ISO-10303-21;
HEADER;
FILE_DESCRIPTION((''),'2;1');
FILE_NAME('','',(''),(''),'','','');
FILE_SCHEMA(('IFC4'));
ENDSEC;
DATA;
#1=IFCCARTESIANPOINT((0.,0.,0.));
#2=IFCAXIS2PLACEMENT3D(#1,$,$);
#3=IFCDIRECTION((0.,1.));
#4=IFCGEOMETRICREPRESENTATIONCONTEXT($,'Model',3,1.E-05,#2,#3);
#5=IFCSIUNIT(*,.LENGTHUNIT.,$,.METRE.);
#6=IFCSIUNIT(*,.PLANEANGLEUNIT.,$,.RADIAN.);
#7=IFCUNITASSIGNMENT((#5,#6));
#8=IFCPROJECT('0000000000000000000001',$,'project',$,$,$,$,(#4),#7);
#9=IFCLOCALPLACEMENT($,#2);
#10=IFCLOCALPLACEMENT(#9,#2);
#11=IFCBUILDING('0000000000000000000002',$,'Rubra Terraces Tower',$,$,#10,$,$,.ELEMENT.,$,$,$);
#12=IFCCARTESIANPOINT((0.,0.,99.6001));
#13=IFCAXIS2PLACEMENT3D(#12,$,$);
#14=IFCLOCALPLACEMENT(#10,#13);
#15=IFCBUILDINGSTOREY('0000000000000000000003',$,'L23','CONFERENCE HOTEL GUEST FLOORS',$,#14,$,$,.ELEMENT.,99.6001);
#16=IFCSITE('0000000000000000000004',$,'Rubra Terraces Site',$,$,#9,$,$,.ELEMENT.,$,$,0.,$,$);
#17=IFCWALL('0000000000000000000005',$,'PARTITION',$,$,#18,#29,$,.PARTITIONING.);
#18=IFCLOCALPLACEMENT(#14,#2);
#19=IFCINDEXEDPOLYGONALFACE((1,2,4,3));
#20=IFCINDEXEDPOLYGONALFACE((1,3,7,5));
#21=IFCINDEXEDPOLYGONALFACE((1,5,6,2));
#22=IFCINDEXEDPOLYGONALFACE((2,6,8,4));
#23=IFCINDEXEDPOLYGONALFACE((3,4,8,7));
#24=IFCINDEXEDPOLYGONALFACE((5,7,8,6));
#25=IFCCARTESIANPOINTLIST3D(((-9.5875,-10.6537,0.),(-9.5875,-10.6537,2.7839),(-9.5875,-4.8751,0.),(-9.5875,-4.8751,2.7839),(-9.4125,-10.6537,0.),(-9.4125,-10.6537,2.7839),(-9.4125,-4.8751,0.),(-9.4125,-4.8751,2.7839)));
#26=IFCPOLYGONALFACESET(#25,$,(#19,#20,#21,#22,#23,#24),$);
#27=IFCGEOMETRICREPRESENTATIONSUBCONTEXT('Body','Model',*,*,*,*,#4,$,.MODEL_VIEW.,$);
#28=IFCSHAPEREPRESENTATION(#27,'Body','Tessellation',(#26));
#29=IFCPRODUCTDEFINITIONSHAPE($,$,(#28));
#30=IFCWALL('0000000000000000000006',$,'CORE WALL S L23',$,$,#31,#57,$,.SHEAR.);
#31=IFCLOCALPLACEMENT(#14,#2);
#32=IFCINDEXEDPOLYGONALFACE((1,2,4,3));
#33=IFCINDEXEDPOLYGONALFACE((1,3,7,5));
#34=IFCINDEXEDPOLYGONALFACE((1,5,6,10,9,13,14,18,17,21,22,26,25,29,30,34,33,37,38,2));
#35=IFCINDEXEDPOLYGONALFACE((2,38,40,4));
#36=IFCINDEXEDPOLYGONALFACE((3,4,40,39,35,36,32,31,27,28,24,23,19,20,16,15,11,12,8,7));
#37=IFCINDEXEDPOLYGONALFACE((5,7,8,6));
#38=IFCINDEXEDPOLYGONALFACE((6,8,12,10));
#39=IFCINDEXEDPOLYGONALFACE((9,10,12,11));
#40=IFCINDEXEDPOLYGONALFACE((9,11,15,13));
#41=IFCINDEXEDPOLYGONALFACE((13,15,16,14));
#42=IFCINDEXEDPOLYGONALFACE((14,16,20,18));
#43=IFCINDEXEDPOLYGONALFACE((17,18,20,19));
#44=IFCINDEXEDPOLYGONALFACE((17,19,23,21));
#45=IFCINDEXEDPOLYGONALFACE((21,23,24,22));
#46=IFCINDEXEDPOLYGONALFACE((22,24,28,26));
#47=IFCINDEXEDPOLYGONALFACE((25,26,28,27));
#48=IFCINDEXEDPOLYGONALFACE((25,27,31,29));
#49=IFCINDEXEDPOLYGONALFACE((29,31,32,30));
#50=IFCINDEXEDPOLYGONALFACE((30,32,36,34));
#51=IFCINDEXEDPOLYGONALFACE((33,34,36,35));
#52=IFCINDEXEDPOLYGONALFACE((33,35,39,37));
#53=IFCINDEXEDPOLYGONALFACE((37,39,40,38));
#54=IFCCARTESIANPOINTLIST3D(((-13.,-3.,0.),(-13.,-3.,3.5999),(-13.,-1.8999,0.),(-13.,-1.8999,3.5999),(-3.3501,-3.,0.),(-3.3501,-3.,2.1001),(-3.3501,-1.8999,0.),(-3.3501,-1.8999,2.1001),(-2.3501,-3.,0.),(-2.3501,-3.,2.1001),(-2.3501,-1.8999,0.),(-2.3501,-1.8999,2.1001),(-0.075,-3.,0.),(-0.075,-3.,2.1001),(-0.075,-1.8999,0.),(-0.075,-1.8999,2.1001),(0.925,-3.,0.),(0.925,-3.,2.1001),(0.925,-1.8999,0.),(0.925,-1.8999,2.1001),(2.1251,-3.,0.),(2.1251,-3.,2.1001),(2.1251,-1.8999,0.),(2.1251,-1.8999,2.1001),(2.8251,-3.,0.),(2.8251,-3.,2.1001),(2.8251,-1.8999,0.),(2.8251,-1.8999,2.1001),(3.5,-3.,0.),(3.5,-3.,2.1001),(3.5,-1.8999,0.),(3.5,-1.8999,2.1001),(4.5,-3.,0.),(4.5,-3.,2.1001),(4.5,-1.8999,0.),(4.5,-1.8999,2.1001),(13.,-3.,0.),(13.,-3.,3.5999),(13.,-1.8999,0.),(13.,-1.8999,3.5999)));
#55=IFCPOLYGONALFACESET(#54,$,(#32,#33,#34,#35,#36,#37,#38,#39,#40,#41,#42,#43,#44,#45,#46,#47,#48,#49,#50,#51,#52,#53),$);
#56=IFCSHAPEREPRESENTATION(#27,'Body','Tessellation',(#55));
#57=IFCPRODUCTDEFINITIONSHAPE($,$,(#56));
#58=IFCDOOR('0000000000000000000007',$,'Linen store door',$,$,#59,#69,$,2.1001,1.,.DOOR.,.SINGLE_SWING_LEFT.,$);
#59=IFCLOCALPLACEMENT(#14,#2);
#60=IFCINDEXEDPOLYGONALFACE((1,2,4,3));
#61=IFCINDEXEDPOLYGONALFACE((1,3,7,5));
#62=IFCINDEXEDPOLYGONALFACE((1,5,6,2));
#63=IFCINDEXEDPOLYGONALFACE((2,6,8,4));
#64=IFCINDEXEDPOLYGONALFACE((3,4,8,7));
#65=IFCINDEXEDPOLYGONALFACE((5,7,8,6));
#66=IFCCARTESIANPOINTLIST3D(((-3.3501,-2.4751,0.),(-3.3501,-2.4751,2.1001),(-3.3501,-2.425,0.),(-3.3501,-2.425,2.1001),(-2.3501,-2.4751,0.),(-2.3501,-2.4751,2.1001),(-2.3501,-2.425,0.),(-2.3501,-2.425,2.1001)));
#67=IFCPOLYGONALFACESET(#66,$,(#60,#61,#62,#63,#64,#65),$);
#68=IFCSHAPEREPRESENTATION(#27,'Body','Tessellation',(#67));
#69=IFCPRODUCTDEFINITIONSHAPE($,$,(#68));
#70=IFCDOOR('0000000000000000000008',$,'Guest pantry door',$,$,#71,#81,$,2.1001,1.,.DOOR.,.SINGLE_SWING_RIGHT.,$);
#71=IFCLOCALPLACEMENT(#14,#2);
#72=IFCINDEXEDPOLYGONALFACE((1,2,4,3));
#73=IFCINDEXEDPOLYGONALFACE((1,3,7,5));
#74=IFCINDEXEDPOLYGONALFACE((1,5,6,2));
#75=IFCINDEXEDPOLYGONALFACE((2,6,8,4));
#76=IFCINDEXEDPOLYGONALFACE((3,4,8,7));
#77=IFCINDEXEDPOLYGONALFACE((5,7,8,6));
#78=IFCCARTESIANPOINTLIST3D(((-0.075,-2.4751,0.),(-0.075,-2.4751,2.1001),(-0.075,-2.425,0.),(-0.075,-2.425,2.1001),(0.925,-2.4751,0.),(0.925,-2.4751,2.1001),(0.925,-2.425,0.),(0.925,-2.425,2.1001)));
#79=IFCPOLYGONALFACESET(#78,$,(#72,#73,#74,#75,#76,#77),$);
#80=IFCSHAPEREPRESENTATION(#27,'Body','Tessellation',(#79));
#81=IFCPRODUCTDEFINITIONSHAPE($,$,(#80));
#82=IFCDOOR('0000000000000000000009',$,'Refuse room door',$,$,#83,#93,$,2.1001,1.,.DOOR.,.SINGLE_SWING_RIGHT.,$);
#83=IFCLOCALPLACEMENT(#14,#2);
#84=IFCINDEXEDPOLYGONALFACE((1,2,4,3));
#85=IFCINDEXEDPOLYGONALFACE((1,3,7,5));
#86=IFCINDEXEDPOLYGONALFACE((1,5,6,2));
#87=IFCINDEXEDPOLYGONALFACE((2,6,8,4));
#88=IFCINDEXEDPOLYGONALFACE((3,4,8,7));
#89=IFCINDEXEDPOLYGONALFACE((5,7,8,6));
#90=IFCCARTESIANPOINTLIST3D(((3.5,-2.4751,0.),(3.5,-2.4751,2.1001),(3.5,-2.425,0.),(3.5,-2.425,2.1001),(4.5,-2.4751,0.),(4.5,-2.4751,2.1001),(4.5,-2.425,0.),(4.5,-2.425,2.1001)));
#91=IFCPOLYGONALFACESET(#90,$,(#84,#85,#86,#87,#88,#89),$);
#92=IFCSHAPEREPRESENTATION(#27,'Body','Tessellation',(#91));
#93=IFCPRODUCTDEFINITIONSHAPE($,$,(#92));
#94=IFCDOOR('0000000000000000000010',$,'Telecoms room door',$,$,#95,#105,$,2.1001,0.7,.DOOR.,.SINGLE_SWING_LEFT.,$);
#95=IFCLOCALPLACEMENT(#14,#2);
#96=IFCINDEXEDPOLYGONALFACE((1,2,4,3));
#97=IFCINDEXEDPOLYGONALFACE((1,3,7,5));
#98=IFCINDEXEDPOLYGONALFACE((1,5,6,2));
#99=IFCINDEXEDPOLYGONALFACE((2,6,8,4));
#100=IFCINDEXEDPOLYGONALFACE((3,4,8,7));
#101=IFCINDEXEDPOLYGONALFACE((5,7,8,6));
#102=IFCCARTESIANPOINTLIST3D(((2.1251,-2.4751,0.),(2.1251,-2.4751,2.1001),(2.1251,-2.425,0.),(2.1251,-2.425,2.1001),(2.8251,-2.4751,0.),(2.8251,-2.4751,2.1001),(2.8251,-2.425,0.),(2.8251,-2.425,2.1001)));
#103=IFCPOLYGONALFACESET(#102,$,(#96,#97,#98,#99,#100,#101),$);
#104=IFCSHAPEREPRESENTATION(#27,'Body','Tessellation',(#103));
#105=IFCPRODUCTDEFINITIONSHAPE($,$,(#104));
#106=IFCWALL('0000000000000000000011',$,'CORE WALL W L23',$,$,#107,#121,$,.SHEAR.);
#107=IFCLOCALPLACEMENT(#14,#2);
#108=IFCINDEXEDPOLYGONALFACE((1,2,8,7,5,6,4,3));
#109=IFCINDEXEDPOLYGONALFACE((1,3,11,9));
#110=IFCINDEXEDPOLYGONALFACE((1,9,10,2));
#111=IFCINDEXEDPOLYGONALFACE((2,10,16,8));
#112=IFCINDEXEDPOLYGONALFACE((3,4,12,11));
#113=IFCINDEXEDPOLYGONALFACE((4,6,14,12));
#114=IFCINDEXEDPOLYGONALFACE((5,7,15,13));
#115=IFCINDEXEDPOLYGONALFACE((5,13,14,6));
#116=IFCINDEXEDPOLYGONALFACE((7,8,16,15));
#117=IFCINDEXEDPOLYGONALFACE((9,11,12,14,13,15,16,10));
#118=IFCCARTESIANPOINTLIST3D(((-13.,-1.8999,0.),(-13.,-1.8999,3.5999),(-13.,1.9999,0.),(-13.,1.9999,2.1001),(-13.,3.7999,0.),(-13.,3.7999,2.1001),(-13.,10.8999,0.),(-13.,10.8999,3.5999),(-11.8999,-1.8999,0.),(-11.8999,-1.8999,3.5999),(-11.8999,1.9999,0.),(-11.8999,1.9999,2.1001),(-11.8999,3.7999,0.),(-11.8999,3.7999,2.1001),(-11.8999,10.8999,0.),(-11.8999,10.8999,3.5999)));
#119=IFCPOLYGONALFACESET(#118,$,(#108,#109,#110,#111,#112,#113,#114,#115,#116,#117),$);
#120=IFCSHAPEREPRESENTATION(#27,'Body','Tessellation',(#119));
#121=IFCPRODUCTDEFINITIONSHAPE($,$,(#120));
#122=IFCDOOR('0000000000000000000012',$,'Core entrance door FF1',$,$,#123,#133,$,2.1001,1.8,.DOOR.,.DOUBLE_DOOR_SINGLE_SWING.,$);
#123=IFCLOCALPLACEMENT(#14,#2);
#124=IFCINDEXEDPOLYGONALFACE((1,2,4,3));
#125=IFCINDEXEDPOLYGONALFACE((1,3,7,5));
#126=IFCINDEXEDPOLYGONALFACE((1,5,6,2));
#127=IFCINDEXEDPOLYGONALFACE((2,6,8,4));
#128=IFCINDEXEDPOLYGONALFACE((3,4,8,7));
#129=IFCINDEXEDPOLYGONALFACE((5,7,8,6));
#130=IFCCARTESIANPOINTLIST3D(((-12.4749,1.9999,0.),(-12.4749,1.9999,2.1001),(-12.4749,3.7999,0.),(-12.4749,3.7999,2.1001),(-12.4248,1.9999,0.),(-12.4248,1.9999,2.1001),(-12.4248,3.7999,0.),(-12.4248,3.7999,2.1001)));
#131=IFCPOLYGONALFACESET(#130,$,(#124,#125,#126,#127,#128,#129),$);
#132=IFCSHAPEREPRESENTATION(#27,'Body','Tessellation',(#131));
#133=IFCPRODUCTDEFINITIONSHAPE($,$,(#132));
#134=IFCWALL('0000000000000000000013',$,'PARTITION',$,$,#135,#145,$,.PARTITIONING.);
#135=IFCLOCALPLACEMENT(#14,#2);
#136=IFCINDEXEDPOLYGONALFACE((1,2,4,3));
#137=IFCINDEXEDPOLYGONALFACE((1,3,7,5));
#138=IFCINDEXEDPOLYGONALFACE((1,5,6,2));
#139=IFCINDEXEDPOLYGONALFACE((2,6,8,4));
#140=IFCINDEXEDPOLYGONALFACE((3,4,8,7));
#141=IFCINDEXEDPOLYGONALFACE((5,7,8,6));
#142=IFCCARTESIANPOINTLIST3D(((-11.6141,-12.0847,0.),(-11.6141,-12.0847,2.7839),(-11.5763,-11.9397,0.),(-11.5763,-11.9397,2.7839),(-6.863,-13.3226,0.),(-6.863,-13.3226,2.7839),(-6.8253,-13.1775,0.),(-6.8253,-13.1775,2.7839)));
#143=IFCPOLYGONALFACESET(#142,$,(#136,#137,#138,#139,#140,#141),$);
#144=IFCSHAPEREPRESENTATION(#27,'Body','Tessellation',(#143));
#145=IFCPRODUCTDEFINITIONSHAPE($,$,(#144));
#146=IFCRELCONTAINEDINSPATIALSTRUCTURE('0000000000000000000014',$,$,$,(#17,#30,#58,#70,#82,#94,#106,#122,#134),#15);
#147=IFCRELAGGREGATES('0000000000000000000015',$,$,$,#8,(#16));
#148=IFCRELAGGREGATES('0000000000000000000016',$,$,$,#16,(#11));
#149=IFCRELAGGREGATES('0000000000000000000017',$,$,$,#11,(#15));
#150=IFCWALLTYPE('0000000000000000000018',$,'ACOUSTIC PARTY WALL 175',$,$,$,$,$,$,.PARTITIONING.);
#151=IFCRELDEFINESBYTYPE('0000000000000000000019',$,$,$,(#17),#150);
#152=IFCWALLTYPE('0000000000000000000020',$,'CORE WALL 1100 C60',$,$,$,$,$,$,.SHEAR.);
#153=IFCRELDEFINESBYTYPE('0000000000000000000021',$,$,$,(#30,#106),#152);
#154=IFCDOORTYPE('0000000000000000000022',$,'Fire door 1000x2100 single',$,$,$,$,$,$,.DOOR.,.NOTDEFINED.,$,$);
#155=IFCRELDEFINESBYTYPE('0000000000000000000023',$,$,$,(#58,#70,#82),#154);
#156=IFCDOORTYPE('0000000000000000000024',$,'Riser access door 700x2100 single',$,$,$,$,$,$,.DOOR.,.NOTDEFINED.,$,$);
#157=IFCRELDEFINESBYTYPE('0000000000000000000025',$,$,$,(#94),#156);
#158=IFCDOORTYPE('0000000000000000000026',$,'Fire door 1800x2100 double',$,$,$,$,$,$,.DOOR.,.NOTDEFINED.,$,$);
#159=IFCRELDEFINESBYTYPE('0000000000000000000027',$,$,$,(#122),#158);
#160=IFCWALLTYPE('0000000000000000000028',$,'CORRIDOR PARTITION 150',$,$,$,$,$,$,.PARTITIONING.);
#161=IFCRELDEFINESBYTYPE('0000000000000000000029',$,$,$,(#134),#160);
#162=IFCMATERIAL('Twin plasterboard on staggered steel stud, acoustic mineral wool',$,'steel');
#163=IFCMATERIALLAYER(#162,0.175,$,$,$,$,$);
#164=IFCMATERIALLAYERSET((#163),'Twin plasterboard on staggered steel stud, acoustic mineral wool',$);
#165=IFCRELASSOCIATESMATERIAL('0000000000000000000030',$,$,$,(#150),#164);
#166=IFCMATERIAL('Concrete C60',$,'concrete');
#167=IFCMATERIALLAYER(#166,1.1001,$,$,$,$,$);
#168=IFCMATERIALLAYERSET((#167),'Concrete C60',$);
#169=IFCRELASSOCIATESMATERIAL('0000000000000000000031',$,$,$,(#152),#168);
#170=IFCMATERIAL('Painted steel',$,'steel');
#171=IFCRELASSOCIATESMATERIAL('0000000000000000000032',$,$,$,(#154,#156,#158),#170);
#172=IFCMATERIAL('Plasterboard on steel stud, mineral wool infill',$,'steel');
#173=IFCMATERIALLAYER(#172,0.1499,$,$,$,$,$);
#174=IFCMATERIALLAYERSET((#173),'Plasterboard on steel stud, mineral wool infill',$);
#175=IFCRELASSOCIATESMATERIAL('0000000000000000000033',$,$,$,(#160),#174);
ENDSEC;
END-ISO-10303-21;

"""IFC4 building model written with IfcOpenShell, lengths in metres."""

from ifc_helpers import new_model, si_unit, direction, frame, frame_2d, origin, place, context, subcontext, project, spatial, rectangle, extrude, material, layer, layer_set, type_object, element, fill, save


model = new_model("IFC4")

# Units and contexts
model_context = context("Model", 3, precision=1e-05, world=origin(), true_north=direction((0.0, 1.0)))
body_context = subcontext(model_context, "Body", "Model", "MODEL_VIEW")
ifc_project = project(units=[si_unit("LENGTHUNIT", "METRE"), si_unit("PLANEANGLEUNIT", "RADIAN")], contexts=[model_context])

# Site, building, storey
site_placement = place(None, origin())
site = spatial("IfcSite", under=ifc_project, at=site_placement, Name="Rubra Terraces Site", CompositionType="ELEMENT", RefElevation=0.0)
building_placement = place(site_placement, origin())
building = spatial("IfcBuilding", under=site, at=building_placement, Name="Rubra Terraces Tower", CompositionType="ELEMENT")
storey_placement = place(building_placement, frame((0.0, 0.0, 99.6001)))
storey = spatial("IfcBuildingStorey", under=building, at=storey_placement, Name="L23", Description="CONFERENCE HOTEL GUEST FLOORS", CompositionType="ELEMENT", Elevation=99.6001)

# Wall
ifc_material_1 = material(Name="Twin plasterboard on staggered steel stud, acoustic mineral wool", Category="steel")
ifc_layer_1 = layer(ifc_material_1, 0.175)
ifc_layer_set_1 = layer_set([ifc_layer_1], Name="Twin plasterboard on staggered steel stud, acoustic mineral wool")
wall_type_1 = type_object("IfcWallType", Name="ACOUSTIC PARTY WALL 175", PredefinedType="PARTITIONING", material=ifc_layer_set_1)
wall_1_placement = place(storey_placement, frame((-9.5, -10.6536, 0.0), z_axis=(0.0, 0.0, 1.0), x_axis=(0.0, 1.0, 0.0)))
element("IfcWall", 1, at=wall_1_placement, inside=storey, type_object=wall_type_1, Name="PARTITION", PredefinedType="PARTITIONING", context=body_context, shape_type="SweptSolid", body=[
    extrude(rectangle(XDim=5.7786, YDim=0.175, at=frame_2d((2.8892, 0.0))), origin(), (0.0, 0.0, 1.0), 2.7839),
])

# Wall, openings, doors
ifc_material_2 = material(Name="Concrete C60", Category="concrete")
ifc_layer_2 = layer(ifc_material_2, 1.1001)
ifc_layer_set_2 = layer_set([ifc_layer_2], Name="Concrete C60")
wall_type_2 = type_object("IfcWallType", Name="CORE WALL 1100 C60", PredefinedType="SHEAR", material=ifc_layer_set_2)
wall_2_placement = place(storey_placement, frame((-13.0, -2.45, 0.0), z_axis=(0.0, 0.0, 1.0), x_axis=(1.0, 0.0, 0.0)))
wall_2 = element("IfcWall", 2, at=wall_2_placement, inside=storey, type_object=wall_type_2, Name="CORE WALL S L23", PredefinedType="SHEAR", context=body_context, shape_type="SweptSolid", body=[
    extrude(rectangle(XDim=26.0, YDim=1.1001, at=frame_2d((13.0, 0.0))), origin(), (0.0, 0.0, 1.0), 3.5999),
])
opening_1_placement = place(wall_2_placement, frame((9.6499, 0.0, 0.0)))
opening_1 = element("IfcOpeningElement", 3, at=opening_1_placement, cuts=wall_2, PredefinedType="OPENING", context=body_context, shape_type="SweptSolid", body=[
    extrude(rectangle(XDim=1.0, YDim=2.1001, at=frame_2d((0.5, 1.05))), frame((0.0, 0.5601, 0.0), z_axis=(0.0, -1.0, 0.0), x_axis=(1.0, 0.0, 0.0)), (0.0, 0.0, 1.0), 1.1201),
])
opening_2_placement = place(wall_2_placement, frame((12.925, 0.0, 0.0)))
opening_2 = element("IfcOpeningElement", 4, at=opening_2_placement, cuts=wall_2, PredefinedType="OPENING", context=body_context, shape_type="SweptSolid", body=[
    extrude(rectangle(XDim=1.0, YDim=2.1001, at=frame_2d((0.5, 1.05))), frame((0.0, 0.5601, 0.0), z_axis=(0.0, -1.0, 0.0), x_axis=(1.0, 0.0, 0.0)), (0.0, 0.0, 1.0), 1.1201),
])
opening_3_placement = place(wall_2_placement, frame((15.125, 0.0, 0.0)))
opening_3 = element("IfcOpeningElement", 5, at=opening_3_placement, cuts=wall_2, PredefinedType="OPENING", context=body_context, shape_type="SweptSolid", body=[
    extrude(rectangle(XDim=0.7, YDim=2.1001, at=frame_2d((0.3501, 1.05))), frame((0.0, 0.5601, 0.0), z_axis=(0.0, -1.0, 0.0), x_axis=(1.0, 0.0, 0.0)), (0.0, 0.0, 1.0), 1.1201),
])
opening_4_placement = place(wall_2_placement, frame((16.5, 0.0, 0.0)))
opening_4 = element("IfcOpeningElement", 6, at=opening_4_placement, cuts=wall_2, PredefinedType="OPENING", context=body_context, shape_type="SweptSolid", body=[
    extrude(rectangle(XDim=1.0, YDim=2.1001, at=frame_2d((0.5, 1.05))), frame((0.0, 0.5601, 0.0), z_axis=(0.0, -1.0, 0.0), x_axis=(1.0, 0.0, 0.0)), (0.0, 0.0, 1.0), 1.1201),
])
ifc_material_3 = material(Name="Painted steel", Category="steel")
door_type_1 = type_object("IfcDoorType", Name="Fire door 1000x2100 single", OperationType="NOTDEFINED", PredefinedType="DOOR", material=ifc_material_3)
door_1_placement = place(opening_1_placement, origin())
door_1 = element("IfcDoor", 7, at=door_1_placement, inside=storey, type_object=door_type_1, Name="Linen store door", OperationType="SINGLE_SWING_LEFT", OverallHeight=2.1001, OverallWidth=1.0, PredefinedType="DOOR", context=body_context, shape_type="SweptSolid", body=[
    extrude(rectangle(XDim=1.0, YDim=2.1001, at=frame_2d((0.5, 1.05))), frame((0.0, 0.0249, 0.0), z_axis=(0.0, -1.0, 0.0), x_axis=(1.0, 0.0, 0.0)), (0.0, 0.0, 1.0), 0.05),
])
fill(opening_1, door_1)
door_2_placement = place(opening_2_placement, origin())
door_2 = element("IfcDoor", 8, at=door_2_placement, inside=storey, type_object=door_type_1, Name="Guest pantry door", OperationType="SINGLE_SWING_RIGHT", OverallHeight=2.1001, OverallWidth=1.0, PredefinedType="DOOR", context=body_context, shape_type="SweptSolid", body=[
    extrude(rectangle(XDim=1.0, YDim=2.1001, at=frame_2d((0.5, 1.05))), frame((0.0, 0.0249, 0.0), z_axis=(0.0, -1.0, 0.0), x_axis=(1.0, 0.0, 0.0)), (0.0, 0.0, 1.0), 0.05),
])
fill(opening_2, door_2)
door_3_placement = place(opening_4_placement, origin())
door_3 = element("IfcDoor", 9, at=door_3_placement, inside=storey, type_object=door_type_1, Name="Refuse room door", OperationType="SINGLE_SWING_RIGHT", OverallHeight=2.1001, OverallWidth=1.0, PredefinedType="DOOR", context=body_context, shape_type="SweptSolid", body=[
    extrude(rectangle(XDim=1.0, YDim=2.1001, at=frame_2d((0.5, 1.05))), frame((0.0, 0.0249, 0.0), z_axis=(0.0, -1.0, 0.0), x_axis=(1.0, 0.0, 0.0)), (0.0, 0.0, 1.0), 0.05),
])
fill(opening_4, door_3)
door_type_2 = type_object("IfcDoorType", Name="Riser access door 700x2100 single", OperationType="NOTDEFINED", PredefinedType="DOOR", material=ifc_material_3)
door_4_placement = place(opening_3_placement, origin())
door_4 = element("IfcDoor", 10, at=door_4_placement, inside=storey, type_object=door_type_2, Name="Telecoms room door", OperationType="SINGLE_SWING_LEFT", OverallHeight=2.1001, OverallWidth=0.7, PredefinedType="DOOR", context=body_context, shape_type="SweptSolid", body=[
    extrude(rectangle(XDim=0.7, YDim=2.1001, at=frame_2d((0.3501, 1.05))), frame((0.0, 0.0249, 0.0), z_axis=(0.0, -1.0, 0.0), x_axis=(1.0, 0.0, 0.0)), (0.0, 0.0, 1.0), 0.05),
])
fill(opening_3, door_4)

# Wall, opening, door
wall_3_placement = place(storey_placement, frame((-12.45, -1.8999, 0.0), z_axis=(0.0, 0.0, 1.0), x_axis=(0.0, 1.0, 0.0)))
wall_3 = element("IfcWall", 11, at=wall_3_placement, inside=storey, type_object=wall_type_2, Name="CORE WALL W L23", PredefinedType="SHEAR", context=body_context, shape_type="SweptSolid", body=[
    extrude(rectangle(XDim=12.7998, YDim=1.1001, at=frame_2d((6.3999, 0.0))), origin(), (0.0, 0.0, 1.0), 3.5999),
])
opening_5_placement = place(wall_3_placement, frame((3.8999, 0.0, 0.0)))
opening_5 = element("IfcOpeningElement", 12, at=opening_5_placement, cuts=wall_3, PredefinedType="OPENING", context=body_context, shape_type="SweptSolid", body=[
    extrude(rectangle(XDim=1.8, YDim=2.1001, at=frame_2d((0.8999, 1.05))), frame((0.0, 0.5601, 0.0), z_axis=(0.0, -1.0, 0.0), x_axis=(1.0, 0.0, 0.0)), (0.0, 0.0, 1.0), 1.1201),
])
door_type_3 = type_object("IfcDoorType", Name="Fire door 1800x2100 double", OperationType="NOTDEFINED", PredefinedType="DOOR", material=ifc_material_3)
door_5_placement = place(opening_5_placement, origin())
door_5 = element("IfcDoor", 13, at=door_5_placement, inside=storey, type_object=door_type_3, Name="Core entrance door FF1", OperationType="DOUBLE_DOOR_SINGLE_SWING", OverallHeight=2.1001, OverallWidth=1.8, PredefinedType="DOOR", context=body_context, shape_type="SweptSolid", body=[
    extrude(rectangle(XDim=1.8, YDim=2.1001, at=frame_2d((0.8999, 1.05))), frame((0.0, 0.0249, 0.0), z_axis=(0.0, -1.0, 0.0), x_axis=(1.0, 0.0, 0.0)), (0.0, 0.0, 1.0), 0.05),
])
fill(opening_5, door_5)

# Wall
ifc_material_4 = material(Name="Plasterboard on steel stud, mineral wool infill", Category="steel")
ifc_layer_3 = layer(ifc_material_4, 0.1499)
ifc_layer_set_3 = layer_set([ifc_layer_3], Name="Plasterboard on steel stud, mineral wool infill")
wall_type_3 = type_object("IfcWallType", Name="CORRIDOR PARTITION 150", PredefinedType="PARTITIONING", material=ifc_layer_set_3)
wall_4_placement = place(storey_placement, frame((-11.5952, -12.0122, 0.0), z_axis=(0.0, 0.0, 1.0), x_axis=(0.967696, -0.252118, 0.0)))
element("IfcWall", 14, at=wall_4_placement, inside=storey, type_object=wall_type_3, Name="PARTITION", PredefinedType="PARTITIONING", context=body_context, shape_type="SweptSolid", body=[
    extrude(rectangle(XDim=4.9097, YDim=0.1499, at=frame_2d((2.4548, 0.0))), origin(), (0.0, 0.0, 1.0), 2.7839),
])

save(model, "model.ifc")
